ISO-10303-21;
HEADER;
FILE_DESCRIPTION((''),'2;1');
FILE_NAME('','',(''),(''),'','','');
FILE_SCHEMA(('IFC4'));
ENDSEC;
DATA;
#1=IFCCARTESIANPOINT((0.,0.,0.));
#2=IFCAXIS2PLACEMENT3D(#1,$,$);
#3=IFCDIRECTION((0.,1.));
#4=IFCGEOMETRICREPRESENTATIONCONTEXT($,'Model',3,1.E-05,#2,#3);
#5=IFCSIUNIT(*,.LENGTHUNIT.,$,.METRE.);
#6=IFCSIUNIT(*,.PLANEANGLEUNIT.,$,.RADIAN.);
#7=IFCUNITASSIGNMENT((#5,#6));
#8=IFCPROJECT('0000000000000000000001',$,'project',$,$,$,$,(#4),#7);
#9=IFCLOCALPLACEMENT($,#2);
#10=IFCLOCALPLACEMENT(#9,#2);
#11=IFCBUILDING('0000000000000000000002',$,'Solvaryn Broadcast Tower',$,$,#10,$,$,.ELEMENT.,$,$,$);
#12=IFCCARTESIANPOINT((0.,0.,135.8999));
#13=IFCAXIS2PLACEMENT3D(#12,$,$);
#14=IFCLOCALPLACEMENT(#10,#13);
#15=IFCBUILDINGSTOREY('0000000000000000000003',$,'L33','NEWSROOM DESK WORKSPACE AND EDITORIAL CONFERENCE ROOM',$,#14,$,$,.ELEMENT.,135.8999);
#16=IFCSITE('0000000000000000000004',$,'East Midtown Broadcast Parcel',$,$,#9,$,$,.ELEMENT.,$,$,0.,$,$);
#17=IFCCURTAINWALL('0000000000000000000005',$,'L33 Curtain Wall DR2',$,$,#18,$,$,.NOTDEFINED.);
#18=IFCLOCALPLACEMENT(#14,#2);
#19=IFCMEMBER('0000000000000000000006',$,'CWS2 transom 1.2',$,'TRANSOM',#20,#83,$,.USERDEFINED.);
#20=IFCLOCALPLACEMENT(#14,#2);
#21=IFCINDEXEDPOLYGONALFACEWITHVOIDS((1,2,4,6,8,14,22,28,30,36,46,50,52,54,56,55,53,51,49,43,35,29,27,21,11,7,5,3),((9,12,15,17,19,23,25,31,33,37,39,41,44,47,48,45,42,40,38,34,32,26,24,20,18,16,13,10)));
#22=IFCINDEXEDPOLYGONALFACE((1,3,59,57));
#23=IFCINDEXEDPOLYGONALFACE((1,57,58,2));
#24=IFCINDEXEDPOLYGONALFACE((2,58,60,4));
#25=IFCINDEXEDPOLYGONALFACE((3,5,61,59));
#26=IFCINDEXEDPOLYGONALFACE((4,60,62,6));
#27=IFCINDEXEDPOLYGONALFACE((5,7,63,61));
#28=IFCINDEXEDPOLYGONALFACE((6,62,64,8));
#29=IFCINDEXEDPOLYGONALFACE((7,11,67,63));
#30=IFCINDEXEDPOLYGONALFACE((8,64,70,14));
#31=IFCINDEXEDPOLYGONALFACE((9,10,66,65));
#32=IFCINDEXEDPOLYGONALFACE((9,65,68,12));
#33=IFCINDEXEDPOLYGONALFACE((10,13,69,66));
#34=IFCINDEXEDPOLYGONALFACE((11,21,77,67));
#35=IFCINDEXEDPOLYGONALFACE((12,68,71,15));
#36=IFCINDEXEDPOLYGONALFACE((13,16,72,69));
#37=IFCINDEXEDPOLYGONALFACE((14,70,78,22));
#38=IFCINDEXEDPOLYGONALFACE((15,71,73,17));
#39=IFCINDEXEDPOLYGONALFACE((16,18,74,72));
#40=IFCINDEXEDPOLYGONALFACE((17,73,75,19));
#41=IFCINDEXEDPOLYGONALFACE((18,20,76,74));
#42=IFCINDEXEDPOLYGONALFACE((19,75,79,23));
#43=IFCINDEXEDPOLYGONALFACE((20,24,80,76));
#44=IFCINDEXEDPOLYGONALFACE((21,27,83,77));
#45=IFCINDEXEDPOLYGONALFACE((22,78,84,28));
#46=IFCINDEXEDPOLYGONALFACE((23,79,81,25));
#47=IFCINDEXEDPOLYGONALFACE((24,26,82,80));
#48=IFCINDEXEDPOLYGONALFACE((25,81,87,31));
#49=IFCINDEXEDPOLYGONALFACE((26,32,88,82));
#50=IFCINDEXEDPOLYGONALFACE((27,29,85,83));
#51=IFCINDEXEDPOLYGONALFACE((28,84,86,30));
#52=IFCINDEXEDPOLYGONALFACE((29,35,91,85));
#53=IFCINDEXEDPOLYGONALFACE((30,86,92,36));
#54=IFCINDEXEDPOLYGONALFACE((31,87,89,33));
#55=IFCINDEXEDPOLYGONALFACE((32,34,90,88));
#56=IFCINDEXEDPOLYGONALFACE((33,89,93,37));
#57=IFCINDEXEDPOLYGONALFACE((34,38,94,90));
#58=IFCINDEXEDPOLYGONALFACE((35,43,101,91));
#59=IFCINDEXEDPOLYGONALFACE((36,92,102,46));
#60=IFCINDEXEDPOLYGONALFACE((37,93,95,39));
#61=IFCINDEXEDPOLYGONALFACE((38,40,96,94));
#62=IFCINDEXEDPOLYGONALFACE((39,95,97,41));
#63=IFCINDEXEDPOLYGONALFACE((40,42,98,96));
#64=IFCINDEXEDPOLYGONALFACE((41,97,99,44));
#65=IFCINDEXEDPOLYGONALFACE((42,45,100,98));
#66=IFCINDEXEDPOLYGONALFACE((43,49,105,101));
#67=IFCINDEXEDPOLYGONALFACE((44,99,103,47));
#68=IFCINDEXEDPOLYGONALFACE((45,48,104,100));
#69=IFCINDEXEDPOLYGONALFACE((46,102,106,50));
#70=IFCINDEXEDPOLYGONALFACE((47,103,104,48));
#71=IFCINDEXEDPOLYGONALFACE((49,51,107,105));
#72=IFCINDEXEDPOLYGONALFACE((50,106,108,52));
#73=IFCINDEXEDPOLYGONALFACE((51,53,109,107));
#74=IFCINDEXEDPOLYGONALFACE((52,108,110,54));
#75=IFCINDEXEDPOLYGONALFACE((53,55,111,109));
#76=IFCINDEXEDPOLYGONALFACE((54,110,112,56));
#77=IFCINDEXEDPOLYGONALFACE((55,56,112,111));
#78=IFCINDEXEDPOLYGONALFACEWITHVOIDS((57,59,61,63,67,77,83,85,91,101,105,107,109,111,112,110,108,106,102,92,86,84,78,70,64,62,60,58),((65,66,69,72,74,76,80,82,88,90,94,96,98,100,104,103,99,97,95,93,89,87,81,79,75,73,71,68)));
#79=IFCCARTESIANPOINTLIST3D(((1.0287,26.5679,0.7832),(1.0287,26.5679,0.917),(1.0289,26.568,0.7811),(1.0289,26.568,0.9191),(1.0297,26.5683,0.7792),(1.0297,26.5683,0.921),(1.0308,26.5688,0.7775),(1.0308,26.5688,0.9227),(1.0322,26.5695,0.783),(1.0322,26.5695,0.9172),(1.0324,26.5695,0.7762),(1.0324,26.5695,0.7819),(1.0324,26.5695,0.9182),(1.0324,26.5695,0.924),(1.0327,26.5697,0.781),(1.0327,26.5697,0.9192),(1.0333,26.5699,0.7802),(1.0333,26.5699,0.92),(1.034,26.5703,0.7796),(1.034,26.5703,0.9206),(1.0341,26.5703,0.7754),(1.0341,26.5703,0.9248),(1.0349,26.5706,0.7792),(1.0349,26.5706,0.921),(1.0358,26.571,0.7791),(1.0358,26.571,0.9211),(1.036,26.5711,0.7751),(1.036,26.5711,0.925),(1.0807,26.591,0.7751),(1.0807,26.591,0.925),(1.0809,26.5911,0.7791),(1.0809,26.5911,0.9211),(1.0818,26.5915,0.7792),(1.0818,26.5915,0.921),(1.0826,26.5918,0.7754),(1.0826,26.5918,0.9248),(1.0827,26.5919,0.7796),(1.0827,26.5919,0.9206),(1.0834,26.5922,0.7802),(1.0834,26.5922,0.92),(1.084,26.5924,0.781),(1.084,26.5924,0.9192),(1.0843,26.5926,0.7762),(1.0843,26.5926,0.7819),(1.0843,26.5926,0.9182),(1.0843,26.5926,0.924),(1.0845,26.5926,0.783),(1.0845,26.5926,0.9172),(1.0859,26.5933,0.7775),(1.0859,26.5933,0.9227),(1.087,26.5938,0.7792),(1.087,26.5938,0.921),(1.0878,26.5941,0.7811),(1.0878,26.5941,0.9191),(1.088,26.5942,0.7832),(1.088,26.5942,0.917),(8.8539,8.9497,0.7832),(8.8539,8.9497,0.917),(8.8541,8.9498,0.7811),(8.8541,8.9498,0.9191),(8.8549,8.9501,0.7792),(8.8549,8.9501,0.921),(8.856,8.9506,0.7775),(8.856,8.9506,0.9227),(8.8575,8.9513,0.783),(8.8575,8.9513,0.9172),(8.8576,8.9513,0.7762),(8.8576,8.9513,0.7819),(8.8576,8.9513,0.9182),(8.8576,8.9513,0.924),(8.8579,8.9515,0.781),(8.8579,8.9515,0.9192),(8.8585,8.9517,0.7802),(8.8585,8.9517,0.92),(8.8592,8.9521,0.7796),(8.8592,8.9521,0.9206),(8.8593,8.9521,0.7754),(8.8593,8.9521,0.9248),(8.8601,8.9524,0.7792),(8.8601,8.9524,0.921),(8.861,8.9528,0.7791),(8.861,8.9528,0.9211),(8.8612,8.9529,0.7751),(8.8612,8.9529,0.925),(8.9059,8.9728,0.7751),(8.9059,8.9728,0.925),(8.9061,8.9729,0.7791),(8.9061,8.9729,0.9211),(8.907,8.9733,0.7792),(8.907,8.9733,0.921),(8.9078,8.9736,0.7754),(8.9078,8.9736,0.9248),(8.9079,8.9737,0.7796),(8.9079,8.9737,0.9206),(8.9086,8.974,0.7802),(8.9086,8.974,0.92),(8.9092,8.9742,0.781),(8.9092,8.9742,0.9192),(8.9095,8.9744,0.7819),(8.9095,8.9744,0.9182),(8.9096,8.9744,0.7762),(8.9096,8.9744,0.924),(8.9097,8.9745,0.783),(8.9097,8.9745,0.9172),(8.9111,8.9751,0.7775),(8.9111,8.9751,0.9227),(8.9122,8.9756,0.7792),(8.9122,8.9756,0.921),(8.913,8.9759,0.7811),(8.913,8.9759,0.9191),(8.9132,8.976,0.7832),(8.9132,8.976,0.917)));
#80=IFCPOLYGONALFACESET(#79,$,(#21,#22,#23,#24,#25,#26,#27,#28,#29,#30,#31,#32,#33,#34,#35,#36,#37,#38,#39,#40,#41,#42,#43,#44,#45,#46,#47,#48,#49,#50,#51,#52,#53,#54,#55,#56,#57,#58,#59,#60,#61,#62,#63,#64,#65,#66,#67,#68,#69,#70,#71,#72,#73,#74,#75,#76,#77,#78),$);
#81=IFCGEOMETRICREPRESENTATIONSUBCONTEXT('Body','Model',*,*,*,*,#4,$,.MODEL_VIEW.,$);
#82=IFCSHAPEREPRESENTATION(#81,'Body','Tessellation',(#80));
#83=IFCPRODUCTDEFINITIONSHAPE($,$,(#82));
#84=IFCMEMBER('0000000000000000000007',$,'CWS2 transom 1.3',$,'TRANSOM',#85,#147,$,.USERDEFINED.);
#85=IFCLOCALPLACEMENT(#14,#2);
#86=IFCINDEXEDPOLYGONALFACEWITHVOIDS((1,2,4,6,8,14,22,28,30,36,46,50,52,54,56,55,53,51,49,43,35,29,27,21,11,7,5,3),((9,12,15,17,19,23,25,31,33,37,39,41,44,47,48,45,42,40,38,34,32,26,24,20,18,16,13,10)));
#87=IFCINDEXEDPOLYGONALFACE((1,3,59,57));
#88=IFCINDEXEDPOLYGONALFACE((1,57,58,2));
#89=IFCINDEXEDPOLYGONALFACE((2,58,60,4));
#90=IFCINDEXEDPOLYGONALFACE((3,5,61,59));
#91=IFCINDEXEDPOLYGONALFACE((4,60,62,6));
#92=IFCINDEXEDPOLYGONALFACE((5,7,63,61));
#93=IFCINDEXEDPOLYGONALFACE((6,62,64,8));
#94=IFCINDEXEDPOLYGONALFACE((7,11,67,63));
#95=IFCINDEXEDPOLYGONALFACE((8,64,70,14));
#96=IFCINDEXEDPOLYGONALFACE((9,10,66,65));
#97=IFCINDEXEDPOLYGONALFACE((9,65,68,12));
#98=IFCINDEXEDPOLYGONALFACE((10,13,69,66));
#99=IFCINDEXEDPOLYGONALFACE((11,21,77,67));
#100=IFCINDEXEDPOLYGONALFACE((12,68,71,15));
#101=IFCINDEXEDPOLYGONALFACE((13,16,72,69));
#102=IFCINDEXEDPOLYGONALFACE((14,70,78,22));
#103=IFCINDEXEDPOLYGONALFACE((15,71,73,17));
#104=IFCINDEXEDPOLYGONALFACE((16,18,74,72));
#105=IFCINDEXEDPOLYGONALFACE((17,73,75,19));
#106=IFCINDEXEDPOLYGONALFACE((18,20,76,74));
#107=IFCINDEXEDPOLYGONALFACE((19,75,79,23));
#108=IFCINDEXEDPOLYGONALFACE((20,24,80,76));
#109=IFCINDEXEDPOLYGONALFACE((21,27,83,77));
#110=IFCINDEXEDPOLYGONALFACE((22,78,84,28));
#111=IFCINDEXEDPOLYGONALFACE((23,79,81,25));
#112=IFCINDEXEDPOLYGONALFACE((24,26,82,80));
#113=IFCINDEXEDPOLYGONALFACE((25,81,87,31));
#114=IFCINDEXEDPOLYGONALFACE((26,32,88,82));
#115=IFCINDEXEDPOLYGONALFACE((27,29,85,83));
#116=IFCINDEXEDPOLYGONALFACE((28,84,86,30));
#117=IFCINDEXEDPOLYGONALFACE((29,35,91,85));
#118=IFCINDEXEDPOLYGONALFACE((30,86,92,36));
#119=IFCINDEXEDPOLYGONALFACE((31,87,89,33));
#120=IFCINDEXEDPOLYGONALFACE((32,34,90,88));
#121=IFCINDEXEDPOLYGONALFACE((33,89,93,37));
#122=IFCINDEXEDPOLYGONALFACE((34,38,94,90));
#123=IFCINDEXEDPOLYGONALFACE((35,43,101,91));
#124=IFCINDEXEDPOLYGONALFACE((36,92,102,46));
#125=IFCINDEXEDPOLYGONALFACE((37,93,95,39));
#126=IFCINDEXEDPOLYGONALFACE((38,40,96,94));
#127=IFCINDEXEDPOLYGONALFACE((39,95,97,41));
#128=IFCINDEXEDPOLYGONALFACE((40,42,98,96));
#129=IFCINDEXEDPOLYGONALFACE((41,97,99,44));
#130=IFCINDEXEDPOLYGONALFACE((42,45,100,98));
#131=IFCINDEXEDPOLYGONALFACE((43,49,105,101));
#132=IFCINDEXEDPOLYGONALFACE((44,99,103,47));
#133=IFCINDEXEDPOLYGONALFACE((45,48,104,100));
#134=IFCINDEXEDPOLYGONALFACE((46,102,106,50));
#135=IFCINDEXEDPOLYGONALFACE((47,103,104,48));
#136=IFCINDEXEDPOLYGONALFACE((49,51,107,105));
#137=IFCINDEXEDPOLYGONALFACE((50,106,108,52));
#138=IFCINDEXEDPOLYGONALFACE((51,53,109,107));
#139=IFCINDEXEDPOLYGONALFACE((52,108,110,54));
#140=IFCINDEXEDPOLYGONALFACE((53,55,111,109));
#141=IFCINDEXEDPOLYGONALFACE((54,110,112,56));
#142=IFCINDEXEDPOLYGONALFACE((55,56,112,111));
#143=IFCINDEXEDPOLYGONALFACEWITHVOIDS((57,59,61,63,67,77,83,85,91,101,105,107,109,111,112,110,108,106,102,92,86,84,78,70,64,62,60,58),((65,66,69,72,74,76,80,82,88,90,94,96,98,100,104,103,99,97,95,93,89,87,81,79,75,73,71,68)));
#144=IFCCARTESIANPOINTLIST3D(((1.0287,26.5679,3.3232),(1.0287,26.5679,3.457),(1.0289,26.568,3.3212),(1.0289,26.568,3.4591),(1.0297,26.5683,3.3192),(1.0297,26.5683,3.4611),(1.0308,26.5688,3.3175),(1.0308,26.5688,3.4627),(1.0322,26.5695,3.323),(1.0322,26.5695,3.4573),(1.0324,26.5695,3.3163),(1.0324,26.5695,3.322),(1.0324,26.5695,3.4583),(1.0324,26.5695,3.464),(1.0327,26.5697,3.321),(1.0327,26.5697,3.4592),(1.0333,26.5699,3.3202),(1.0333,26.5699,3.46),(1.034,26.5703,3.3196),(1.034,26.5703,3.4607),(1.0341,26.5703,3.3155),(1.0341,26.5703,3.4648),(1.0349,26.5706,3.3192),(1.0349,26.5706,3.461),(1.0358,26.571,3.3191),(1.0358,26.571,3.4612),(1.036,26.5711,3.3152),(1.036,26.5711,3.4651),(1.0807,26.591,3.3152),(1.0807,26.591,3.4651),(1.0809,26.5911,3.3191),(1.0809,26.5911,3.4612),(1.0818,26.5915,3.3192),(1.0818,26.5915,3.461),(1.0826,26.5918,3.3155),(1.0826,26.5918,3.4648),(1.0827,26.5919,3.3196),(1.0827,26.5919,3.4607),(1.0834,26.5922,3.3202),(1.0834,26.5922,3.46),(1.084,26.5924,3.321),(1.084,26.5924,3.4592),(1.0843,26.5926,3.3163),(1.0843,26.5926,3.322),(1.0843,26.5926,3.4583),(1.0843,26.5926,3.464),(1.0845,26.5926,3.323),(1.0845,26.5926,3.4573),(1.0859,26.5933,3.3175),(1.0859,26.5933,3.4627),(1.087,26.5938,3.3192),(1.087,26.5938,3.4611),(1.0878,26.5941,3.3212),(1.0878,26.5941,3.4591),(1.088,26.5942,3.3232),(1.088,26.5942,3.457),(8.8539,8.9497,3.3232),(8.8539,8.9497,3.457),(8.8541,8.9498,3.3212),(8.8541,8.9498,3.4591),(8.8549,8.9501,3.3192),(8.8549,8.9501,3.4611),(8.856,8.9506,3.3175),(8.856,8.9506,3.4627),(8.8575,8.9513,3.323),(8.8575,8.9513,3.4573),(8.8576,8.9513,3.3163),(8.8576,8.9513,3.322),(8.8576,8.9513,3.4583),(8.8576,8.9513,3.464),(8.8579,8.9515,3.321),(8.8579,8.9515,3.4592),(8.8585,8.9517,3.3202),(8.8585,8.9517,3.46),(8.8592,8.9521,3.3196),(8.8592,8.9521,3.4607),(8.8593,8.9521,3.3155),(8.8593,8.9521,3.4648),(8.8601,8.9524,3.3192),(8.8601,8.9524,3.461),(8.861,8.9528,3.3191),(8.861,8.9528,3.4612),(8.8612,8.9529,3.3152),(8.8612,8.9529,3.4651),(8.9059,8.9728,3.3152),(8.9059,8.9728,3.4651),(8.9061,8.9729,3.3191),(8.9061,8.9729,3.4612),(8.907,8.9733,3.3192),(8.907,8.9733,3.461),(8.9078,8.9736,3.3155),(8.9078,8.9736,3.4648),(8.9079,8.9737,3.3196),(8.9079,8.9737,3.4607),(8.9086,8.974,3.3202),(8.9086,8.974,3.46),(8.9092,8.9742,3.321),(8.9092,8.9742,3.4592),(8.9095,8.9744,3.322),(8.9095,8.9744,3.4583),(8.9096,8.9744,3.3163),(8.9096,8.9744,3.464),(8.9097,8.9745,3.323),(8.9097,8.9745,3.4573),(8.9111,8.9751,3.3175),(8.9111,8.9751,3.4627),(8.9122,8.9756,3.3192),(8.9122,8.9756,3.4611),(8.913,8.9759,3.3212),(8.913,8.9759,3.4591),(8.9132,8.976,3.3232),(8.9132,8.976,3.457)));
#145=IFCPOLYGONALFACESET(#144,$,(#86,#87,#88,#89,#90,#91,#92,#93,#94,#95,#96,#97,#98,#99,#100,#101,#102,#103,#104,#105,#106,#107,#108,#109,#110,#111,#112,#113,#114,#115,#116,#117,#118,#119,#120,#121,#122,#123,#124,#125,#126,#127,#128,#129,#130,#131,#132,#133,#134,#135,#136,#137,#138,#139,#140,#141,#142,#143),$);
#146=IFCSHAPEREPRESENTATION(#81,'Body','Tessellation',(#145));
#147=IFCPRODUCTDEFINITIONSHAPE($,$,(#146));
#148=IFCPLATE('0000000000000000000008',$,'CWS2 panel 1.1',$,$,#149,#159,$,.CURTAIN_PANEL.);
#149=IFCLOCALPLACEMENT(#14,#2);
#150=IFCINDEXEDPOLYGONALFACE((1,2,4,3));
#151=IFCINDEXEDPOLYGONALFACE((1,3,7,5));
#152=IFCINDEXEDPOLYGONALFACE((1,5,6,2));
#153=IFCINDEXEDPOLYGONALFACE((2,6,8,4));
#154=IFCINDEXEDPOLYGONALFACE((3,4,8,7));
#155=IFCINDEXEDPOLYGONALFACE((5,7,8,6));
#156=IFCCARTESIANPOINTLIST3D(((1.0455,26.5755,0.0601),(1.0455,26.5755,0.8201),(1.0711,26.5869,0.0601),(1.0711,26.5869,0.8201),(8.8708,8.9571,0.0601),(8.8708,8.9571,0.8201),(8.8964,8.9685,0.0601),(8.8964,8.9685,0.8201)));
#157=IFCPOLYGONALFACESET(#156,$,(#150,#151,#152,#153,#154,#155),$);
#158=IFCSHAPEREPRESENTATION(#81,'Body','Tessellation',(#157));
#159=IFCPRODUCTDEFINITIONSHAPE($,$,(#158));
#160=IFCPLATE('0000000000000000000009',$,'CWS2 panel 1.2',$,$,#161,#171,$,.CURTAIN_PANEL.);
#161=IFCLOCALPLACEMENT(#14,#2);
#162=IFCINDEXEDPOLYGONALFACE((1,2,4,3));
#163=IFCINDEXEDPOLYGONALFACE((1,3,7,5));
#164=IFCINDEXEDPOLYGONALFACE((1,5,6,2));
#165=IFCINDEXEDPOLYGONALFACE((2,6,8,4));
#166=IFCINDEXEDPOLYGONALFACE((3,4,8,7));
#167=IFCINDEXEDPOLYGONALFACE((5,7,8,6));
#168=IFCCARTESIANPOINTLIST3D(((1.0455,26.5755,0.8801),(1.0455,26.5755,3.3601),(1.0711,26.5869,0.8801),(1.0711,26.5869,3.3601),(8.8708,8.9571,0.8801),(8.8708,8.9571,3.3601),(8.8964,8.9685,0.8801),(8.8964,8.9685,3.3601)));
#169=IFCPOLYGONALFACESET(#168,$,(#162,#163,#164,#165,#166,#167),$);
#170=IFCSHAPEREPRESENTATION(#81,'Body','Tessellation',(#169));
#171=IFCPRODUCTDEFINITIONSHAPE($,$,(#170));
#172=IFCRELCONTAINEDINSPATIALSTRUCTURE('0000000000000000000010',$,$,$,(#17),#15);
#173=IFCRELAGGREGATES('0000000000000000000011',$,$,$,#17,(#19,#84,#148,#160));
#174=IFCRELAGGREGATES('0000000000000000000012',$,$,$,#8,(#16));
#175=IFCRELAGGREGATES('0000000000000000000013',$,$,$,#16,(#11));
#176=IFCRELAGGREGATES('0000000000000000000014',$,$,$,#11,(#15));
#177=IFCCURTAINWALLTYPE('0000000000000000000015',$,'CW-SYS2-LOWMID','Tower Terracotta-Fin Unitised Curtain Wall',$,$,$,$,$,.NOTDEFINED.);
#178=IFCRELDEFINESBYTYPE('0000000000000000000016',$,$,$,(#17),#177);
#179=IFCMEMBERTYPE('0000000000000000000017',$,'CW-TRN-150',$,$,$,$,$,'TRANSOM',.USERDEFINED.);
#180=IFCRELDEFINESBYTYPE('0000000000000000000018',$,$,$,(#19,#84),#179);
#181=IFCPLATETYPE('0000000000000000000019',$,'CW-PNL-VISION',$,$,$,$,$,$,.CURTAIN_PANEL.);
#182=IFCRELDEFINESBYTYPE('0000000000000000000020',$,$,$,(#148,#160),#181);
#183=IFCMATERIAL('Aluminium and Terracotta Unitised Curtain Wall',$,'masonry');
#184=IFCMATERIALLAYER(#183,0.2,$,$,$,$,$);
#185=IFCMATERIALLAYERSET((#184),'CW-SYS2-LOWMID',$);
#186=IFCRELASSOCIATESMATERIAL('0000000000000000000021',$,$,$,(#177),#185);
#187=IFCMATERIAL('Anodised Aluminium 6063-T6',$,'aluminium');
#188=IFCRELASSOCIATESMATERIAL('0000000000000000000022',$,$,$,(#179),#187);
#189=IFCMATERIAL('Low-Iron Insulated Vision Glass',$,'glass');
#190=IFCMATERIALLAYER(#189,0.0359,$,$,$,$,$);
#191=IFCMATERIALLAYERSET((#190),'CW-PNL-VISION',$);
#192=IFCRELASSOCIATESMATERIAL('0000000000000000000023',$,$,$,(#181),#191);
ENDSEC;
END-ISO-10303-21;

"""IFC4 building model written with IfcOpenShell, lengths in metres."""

from ifc_helpers import new_model, si_unit, direction, frame, origin, origin_2d, place, context, subcontext, project, spatial, rectangle, hollow_rectangle, extrude, material, layer, layer_set, material_profile, profile_set, type_object, element, aggregate, save


model = new_model("IFC4")

# Units and contexts
model_context = context("Model", 3, precision=1e-05, world=origin(), true_north=direction((0.0, 1.0)))
body_context = subcontext(model_context, "Body", "Model", "MODEL_VIEW")
ifc_project = project(units=[si_unit("LENGTHUNIT", "METRE"), si_unit("PLANEANGLEUNIT", "RADIAN")], contexts=[model_context])

# Site, building, storey
site_placement = place(None, origin())
site = spatial("IfcSite", under=ifc_project, at=site_placement, Name="East Midtown Broadcast Parcel", CompositionType="ELEMENT", RefElevation=0.0)
building_placement = place(site_placement, origin())
building = spatial("IfcBuilding", under=site, at=building_placement, Name="Solvaryn Broadcast Tower", CompositionType="ELEMENT")
storey_placement = place(building_placement, frame((0.0, 0.0, 135.8999)))
storey = spatial("IfcBuildingStorey", under=building, at=storey_placement, Name="L33", Description="NEWSROOM DESK WORKSPACE AND EDITORIAL CONFERENCE ROOM", CompositionType="ELEMENT", Elevation=135.8999)

# Shared definitions
ifc_material_1 = material(Name="Aluminium and Terracotta Unitised Curtain Wall", Category="masonry")
ifc_layer_1 = layer(ifc_material_1, 0.2)
ifc_layer_set_1 = layer_set([ifc_layer_1], Name="CW-SYS2-LOWMID")
curtain_wall_type = type_object("IfcCurtainWallType", Name="CW-SYS2-LOWMID", Description="Tower Terracotta-Fin Unitised Curtain Wall", PredefinedType="NOTDEFINED", material=ifc_layer_set_1)

# Curtain wall, members, plates
curtain_wall_1_placement = place(storey_placement, origin())
curtain_wall_1 = element("IfcCurtainWall", 1, at=curtain_wall_1_placement, inside=storey, type_object=curtain_wall_type, Name="L33 Curtain Wall DR2", PredefinedType="NOTDEFINED")
ifc_material_2 = material(Name="Anodised Aluminium 6063-T6", Category="aluminium")
ifc_material_profile_1 = material_profile(ifc_material_2, hollow_rectangle(XDim=0.0649, YDim=0.1499, WallThickness=0.0039, InnerFilletRadius=0.0039, OuterFilletRadius=0.0081, at=origin_2d()))
ifc_profile_set_1 = profile_set([ifc_material_profile_1], Name="Anodised Aluminium 6063-T6")
member_type_1 = type_object("IfcMemberType", Name="CW-TRN-150", ElementType="TRANSOM", PredefinedType="USERDEFINED", material=ifc_profile_set_1)
member_1_placement = place(storey_placement, frame((1.0583, 26.5811, 0.8501), z_axis=(0.405918, -0.91391, 0.0), x_axis=(0.91391, 0.405918, 0.0)))
member_1 = element("IfcMember", 2, at=member_1_placement, type_object=member_type_1, Name="CWS2 transom 1.2", ObjectType="TRANSOM", PredefinedType="USERDEFINED", context=body_context, shape_type="SweptSolid", body=[
    extrude(hollow_rectangle(XDim=0.0649, YDim=0.1499, WallThickness=0.0039, InnerFilletRadius=0.0039, OuterFilletRadius=0.0081, at=origin_2d()), origin(), (0.0, 0.0, 1.0), 19.2778),
])
member_2_placement = place(storey_placement, frame((1.0583, 26.5811, 3.3901), z_axis=(0.405918, -0.91391, 0.0), x_axis=(0.91391, 0.405918, 0.0)))
member_2 = element("IfcMember", 3, at=member_2_placement, type_object=member_type_1, Name="CWS2 transom 1.3", ObjectType="TRANSOM", PredefinedType="USERDEFINED", context=body_context, shape_type="SweptSolid", body=[
    extrude(hollow_rectangle(XDim=0.0649, YDim=0.1499, WallThickness=0.0039, InnerFilletRadius=0.0039, OuterFilletRadius=0.0081, at=origin_2d()), origin(), (0.0, 0.0, 1.0), 19.2778),
])
ifc_material_3 = material(Name="Low-Iron Insulated Vision Glass", Category="glass")
ifc_layer_2 = layer(ifc_material_3, 0.0359)
ifc_layer_set_2 = layer_set([ifc_layer_2], Name="CW-PNL-VISION")
plate_type = type_object("IfcPlateType", Name="CW-PNL-VISION", PredefinedType="CURTAIN_PANEL", material=ifc_layer_set_2)
plate_1_placement = place(storey_placement, frame((4.9709, 17.772, 0.0601), z_axis=(0.0, 0.0, 1.0), x_axis=(0.405918, -0.913909, 0.0)))
plate_1 = element("IfcPlate", 4, at=plate_1_placement, type_object=plate_type, Name="CWS2 panel 1.1", PredefinedType="CURTAIN_PANEL", context=body_context, shape_type="SweptSolid", body=[
    extrude(rectangle(XDim=19.2781, YDim=0.0281, at=origin_2d()), origin(), (0.0, 0.0, 1.0), 0.76),
])
plate_2_placement = place(storey_placement, frame((4.9709, 17.772, 0.8801), z_axis=(0.0, 0.0, 1.0), x_axis=(0.405918, -0.913909, 0.0)))
plate_2 = element("IfcPlate", 5, at=plate_2_placement, type_object=plate_type, Name="CWS2 panel 1.2", PredefinedType="CURTAIN_PANEL", context=body_context, shape_type="SweptSolid", body=[
    extrude(rectangle(XDim=19.2781, YDim=0.0281, at=origin_2d()), origin(), (0.0, 0.0, 1.0), 2.48),
])
aggregate(curtain_wall_1, [member_1, member_2, plate_1, plate_2])

save(model, "model.ifc")
